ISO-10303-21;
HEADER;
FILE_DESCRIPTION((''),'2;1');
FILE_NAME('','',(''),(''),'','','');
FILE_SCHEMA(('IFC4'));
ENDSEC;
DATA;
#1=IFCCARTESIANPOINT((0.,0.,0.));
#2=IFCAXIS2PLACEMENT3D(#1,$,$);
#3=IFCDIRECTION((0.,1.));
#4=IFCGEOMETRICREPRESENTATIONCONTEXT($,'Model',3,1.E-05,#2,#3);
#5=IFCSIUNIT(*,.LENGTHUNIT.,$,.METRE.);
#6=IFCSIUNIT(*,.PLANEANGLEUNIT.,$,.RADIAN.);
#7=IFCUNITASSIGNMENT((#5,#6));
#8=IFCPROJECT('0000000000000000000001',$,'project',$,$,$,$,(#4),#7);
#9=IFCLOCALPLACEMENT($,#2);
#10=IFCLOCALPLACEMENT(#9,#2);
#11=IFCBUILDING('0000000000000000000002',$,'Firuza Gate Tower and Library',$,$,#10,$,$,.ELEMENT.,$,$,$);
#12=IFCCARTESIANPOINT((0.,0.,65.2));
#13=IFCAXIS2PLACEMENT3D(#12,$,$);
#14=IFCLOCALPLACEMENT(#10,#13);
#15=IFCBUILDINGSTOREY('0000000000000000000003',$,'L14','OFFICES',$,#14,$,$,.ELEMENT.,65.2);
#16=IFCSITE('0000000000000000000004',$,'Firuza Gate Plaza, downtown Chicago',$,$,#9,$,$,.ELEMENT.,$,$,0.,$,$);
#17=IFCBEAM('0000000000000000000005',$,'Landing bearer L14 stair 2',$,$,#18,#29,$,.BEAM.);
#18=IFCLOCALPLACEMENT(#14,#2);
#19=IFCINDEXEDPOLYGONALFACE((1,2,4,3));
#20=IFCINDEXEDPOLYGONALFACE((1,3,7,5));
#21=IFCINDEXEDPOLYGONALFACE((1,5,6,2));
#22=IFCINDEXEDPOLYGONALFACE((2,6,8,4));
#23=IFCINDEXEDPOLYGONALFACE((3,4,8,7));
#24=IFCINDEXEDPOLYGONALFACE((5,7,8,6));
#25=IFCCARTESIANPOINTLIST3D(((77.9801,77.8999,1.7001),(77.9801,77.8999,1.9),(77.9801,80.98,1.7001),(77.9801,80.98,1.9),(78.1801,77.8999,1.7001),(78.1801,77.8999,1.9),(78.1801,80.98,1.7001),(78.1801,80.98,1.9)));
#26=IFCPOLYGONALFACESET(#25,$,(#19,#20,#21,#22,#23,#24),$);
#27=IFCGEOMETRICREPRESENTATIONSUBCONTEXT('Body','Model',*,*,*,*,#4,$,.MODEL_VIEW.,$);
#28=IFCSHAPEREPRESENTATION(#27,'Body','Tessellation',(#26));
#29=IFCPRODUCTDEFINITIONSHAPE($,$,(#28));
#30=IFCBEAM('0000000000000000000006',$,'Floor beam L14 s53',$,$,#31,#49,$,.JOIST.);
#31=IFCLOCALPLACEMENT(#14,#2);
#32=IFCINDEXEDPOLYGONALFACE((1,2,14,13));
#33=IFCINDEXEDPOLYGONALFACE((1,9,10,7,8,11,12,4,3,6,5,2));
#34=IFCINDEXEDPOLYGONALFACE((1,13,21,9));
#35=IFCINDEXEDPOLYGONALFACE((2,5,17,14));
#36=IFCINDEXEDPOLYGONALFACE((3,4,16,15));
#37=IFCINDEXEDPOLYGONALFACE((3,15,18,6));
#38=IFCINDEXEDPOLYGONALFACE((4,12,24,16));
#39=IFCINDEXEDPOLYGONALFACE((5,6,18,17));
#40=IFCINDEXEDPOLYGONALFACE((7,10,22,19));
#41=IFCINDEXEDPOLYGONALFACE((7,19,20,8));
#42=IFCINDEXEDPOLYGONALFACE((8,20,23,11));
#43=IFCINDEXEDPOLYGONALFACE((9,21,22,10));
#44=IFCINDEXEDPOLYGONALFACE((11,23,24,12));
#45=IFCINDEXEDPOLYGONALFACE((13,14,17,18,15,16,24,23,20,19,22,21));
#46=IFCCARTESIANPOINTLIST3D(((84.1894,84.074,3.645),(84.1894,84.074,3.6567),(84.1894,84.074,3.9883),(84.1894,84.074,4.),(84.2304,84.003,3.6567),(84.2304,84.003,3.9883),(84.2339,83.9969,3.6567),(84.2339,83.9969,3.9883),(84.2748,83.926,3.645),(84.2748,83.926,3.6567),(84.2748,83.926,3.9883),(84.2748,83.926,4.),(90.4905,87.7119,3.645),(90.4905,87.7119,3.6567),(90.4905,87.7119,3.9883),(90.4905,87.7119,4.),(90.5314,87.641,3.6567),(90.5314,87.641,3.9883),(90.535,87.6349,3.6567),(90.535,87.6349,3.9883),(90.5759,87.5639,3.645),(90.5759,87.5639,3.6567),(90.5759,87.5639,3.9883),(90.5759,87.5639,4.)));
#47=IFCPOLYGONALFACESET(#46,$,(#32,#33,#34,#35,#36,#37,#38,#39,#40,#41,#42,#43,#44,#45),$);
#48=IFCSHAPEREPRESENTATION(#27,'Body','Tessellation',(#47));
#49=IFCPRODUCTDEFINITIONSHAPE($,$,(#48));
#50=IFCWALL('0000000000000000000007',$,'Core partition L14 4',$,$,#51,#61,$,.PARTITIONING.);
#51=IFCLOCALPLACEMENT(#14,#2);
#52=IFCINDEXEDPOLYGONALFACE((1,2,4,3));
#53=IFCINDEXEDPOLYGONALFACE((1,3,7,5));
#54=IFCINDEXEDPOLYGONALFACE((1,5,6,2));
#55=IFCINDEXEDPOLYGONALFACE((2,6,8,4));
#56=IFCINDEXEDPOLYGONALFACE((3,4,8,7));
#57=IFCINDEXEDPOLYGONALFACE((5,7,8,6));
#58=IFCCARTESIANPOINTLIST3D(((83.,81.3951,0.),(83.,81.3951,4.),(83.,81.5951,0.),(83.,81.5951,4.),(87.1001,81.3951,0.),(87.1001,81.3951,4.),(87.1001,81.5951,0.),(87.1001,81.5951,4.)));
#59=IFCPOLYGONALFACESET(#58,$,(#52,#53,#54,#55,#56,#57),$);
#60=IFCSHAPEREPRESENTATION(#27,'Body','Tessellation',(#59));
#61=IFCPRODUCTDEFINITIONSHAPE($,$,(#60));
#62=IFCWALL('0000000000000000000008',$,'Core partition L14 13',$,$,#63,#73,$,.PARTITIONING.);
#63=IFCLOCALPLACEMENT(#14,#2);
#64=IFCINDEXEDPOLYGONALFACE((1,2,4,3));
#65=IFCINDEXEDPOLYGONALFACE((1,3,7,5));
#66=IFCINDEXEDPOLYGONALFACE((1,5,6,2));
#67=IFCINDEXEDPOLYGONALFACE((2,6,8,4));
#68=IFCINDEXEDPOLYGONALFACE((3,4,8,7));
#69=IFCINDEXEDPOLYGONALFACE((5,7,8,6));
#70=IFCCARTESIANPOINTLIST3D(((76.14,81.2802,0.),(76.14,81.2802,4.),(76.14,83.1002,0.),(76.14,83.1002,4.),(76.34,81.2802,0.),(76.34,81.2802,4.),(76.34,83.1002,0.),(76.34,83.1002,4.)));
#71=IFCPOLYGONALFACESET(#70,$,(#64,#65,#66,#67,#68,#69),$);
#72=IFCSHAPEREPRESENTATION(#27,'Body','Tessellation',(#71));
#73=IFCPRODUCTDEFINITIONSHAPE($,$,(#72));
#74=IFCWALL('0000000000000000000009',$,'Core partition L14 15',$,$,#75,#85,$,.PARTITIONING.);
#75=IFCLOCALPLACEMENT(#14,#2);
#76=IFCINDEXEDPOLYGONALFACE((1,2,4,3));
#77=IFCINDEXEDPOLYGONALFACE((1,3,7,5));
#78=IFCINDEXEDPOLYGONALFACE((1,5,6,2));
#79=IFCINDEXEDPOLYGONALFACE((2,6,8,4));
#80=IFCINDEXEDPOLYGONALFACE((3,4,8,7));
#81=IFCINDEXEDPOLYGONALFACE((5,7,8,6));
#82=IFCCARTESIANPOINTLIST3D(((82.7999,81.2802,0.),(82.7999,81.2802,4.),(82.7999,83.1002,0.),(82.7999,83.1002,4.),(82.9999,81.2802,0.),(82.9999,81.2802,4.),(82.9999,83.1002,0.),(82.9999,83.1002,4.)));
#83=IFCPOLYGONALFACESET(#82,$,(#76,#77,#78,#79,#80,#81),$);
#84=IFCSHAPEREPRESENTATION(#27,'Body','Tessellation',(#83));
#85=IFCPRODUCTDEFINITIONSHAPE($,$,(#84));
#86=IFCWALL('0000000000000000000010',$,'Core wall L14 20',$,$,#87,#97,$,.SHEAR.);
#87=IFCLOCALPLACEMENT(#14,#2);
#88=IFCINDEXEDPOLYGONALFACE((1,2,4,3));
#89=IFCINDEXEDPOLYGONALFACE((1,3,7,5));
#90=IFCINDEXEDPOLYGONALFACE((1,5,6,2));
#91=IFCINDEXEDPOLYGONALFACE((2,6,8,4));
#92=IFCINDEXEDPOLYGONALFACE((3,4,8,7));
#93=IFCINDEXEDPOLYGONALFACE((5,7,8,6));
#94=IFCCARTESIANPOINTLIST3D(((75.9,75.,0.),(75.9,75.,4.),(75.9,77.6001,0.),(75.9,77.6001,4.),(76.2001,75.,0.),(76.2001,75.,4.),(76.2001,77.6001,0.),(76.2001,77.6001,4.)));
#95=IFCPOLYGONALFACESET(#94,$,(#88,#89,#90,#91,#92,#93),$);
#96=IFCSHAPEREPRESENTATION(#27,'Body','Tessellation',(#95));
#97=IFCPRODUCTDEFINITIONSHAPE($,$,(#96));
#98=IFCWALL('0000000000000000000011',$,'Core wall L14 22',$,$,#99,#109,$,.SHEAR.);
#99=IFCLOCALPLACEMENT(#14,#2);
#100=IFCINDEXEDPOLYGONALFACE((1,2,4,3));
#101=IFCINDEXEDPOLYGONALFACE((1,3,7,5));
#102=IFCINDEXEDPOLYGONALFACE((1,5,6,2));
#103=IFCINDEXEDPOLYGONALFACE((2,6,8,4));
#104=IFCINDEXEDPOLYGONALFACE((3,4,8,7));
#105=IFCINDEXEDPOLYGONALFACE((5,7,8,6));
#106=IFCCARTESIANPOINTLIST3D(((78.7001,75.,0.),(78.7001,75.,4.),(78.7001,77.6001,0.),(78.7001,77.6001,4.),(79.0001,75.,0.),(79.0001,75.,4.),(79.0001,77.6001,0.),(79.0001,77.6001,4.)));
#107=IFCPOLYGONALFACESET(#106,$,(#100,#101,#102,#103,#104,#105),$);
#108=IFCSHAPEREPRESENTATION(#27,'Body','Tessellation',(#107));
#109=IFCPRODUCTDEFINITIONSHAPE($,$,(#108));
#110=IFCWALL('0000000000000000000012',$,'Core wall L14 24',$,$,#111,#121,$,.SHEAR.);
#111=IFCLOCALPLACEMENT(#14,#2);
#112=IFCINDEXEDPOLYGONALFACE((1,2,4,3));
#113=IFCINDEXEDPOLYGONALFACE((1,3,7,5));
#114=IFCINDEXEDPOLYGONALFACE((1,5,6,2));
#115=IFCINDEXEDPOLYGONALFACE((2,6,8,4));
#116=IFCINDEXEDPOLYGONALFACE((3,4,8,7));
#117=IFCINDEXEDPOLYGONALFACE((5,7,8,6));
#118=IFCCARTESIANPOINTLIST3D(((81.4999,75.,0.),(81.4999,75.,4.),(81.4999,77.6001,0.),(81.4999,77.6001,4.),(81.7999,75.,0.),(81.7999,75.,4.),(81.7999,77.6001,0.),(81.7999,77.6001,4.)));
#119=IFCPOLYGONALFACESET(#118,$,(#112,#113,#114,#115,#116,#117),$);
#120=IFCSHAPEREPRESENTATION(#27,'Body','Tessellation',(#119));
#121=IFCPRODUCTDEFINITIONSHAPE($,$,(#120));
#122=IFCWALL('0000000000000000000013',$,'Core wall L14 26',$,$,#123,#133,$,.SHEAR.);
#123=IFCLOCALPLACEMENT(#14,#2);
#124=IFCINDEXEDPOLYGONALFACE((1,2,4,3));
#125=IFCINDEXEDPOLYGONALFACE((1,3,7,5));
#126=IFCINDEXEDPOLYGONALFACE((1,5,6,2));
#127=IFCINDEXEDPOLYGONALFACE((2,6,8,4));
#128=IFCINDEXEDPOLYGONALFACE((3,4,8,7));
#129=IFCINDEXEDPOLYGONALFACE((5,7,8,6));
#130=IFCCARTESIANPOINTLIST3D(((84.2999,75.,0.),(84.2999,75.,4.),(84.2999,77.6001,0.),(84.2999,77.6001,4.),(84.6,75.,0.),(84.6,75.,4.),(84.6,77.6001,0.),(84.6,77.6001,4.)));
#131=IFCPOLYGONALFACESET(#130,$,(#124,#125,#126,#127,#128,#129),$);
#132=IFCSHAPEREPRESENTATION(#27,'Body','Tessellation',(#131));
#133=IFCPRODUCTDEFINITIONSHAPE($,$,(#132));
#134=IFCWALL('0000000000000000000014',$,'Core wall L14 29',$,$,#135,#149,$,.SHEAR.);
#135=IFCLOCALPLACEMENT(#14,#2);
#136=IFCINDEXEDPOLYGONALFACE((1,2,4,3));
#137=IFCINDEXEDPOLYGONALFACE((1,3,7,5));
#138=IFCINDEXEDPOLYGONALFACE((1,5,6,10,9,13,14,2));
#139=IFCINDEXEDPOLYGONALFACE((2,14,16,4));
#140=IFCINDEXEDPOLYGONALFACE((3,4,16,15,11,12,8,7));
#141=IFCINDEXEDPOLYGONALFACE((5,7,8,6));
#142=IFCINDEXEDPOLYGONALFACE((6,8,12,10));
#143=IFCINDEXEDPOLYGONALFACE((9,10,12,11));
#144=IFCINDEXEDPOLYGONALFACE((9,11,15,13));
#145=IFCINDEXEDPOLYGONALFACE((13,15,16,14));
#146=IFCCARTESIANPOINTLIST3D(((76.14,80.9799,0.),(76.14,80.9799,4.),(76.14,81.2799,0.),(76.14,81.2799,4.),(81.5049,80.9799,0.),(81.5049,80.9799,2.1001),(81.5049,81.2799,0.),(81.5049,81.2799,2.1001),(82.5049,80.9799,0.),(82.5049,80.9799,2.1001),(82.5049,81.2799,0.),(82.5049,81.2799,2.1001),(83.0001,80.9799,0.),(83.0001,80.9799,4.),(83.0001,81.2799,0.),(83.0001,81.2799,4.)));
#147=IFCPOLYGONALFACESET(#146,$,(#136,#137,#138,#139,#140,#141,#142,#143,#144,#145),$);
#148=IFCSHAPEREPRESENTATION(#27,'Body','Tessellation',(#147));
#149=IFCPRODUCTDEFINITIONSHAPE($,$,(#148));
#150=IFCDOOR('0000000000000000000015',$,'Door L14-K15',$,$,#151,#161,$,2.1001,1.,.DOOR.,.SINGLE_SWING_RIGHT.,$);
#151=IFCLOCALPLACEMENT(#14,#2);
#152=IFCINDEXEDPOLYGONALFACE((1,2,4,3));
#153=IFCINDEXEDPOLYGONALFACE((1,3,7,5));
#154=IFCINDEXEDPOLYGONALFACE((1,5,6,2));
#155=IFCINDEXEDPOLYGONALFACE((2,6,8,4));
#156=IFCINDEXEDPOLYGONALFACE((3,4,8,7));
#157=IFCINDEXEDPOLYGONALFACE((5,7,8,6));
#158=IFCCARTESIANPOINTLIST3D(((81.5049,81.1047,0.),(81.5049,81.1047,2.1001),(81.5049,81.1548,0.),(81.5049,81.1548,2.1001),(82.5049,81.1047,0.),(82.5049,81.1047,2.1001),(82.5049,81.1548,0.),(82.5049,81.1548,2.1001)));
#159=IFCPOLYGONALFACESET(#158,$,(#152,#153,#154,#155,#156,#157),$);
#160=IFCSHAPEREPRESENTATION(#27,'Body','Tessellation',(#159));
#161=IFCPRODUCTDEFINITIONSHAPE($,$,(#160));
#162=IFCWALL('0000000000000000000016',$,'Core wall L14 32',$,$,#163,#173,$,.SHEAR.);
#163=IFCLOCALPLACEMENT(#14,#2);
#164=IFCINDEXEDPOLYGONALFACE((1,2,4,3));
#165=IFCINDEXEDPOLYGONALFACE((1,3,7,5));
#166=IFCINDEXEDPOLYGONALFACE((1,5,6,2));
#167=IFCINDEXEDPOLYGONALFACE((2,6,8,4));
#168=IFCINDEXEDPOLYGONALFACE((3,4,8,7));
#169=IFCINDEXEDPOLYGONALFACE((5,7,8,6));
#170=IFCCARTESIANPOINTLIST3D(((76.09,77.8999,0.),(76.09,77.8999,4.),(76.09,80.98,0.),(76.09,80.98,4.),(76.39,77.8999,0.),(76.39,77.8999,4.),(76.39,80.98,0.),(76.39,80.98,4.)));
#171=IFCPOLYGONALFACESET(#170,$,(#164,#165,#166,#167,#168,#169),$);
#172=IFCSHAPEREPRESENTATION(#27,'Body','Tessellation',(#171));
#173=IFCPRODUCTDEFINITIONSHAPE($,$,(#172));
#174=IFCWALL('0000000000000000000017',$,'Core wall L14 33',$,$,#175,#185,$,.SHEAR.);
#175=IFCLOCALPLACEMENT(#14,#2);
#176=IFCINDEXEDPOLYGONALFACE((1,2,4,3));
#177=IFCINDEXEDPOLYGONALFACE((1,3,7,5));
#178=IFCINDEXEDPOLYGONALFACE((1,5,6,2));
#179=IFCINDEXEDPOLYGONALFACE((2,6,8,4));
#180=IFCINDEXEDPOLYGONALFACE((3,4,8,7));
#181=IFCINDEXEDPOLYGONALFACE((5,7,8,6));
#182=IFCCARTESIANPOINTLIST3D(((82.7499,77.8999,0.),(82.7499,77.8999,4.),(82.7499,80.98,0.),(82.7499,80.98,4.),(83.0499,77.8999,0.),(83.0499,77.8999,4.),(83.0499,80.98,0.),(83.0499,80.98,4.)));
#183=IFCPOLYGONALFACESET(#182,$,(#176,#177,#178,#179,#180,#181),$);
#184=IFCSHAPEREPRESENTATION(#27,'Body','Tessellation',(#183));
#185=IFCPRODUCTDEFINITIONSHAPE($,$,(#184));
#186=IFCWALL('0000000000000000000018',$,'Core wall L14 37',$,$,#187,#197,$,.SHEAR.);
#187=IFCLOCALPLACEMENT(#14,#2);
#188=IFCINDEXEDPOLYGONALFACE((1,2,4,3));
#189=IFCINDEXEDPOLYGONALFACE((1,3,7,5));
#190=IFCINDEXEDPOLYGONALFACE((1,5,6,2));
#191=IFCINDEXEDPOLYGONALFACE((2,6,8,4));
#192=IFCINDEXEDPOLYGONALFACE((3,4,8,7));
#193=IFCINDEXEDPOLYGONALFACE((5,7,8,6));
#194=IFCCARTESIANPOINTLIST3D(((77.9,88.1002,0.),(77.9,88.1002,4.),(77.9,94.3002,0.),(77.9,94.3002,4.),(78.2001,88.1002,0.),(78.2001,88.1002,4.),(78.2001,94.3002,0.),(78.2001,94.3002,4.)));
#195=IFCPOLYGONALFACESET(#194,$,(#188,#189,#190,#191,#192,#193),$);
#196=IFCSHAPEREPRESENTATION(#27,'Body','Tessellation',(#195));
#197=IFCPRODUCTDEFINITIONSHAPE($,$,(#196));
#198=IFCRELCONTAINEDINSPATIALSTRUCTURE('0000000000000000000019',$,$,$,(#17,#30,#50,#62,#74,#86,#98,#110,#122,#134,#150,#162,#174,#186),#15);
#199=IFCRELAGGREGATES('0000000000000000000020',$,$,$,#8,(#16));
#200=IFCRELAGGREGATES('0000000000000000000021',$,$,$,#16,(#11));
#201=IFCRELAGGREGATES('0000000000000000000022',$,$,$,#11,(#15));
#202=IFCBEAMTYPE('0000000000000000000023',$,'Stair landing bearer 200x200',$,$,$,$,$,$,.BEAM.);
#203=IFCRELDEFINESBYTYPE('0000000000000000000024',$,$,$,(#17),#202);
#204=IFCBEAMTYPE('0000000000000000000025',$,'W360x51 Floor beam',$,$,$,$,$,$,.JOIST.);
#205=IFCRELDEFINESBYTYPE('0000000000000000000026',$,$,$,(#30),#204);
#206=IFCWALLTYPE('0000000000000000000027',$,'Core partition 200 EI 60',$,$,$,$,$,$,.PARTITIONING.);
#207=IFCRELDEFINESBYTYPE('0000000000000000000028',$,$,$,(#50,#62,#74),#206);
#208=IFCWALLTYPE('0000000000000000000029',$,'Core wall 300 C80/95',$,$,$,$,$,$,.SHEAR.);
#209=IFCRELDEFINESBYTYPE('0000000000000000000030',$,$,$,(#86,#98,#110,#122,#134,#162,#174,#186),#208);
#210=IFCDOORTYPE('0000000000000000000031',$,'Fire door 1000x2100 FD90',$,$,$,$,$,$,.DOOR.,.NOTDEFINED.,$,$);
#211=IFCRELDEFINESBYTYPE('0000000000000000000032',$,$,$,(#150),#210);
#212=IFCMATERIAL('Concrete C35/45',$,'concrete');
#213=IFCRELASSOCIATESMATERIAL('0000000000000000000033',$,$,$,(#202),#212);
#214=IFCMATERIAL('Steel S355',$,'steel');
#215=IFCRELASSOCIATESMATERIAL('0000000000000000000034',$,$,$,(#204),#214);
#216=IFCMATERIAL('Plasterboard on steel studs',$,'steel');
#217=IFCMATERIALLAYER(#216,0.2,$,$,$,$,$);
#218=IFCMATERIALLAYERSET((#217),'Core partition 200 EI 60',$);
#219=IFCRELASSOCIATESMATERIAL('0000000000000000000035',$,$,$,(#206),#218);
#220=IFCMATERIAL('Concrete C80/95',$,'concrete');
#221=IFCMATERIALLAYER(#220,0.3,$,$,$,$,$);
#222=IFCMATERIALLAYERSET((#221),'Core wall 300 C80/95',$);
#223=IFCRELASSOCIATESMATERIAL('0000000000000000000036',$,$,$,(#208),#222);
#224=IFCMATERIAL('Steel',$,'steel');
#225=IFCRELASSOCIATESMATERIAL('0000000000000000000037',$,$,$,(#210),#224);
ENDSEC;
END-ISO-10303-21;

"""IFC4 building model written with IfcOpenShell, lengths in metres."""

from ifc_helpers import new_model, si_unit, direction, frame, frame_2d, origin, origin_2d, place, context, subcontext, project, spatial, rectangle, i_section, extrude, material, layer, layer_set, material_profile, profile_set, type_object, element, fill, save


model = new_model("IFC4")

# Units and contexts
model_context = context("Model", 3, precision=1e-05, world=origin(), true_north=direction((0.0, 1.0)))
body_context = subcontext(model_context, "Body", "Model", "MODEL_VIEW")
ifc_project = project(units=[si_unit("LENGTHUNIT", "METRE"), si_unit("PLANEANGLEUNIT", "RADIAN")], contexts=[model_context])

# Site, building, storey
site_placement = place(None, origin())
site = spatial("IfcSite", under=ifc_project, at=site_placement, Name="Firuza Gate Plaza, downtown Chicago", CompositionType="ELEMENT", RefElevation=0.0)
building_placement = place(site_placement, origin())
building = spatial("IfcBuilding", under=site, at=building_placement, Name="Firuza Gate Tower and Library", CompositionType="ELEMENT")
storey_placement = place(building_placement, frame((0.0, 0.0, 65.2)))
storey = spatial("IfcBuildingStorey", under=building, at=storey_placement, Name="L14", Description="OFFICES", CompositionType="ELEMENT", Elevation=65.2)

# Beams
ifc_material_1 = material(Name="Concrete C35/45", Category="concrete")
ifc_material_profile_1 = material_profile(ifc_material_1, rectangle(XDim=0.2, YDim=0.2, at=origin_2d()))
ifc_profile_set_1 = profile_set([ifc_material_profile_1], Name="Concrete C35/45")
beam_type_1 = type_object("IfcBeamType", Name="Stair landing bearer 200x200", PredefinedType="BEAM", material=ifc_profile_set_1)
beam_1_placement = place(storey_placement, frame((78.0801, 80.98, 1.8), z_axis=(0.0, -1.0, 0.0), x_axis=(1.0, 0.0, 0.0)))
element("IfcBeam", 1, at=beam_1_placement, inside=storey, type_object=beam_type_1, Name="Landing bearer L14 stair 2", PredefinedType="BEAM", context=body_context, shape_type="SweptSolid", body=[
    extrude(rectangle(XDim=0.2, YDim=0.2, at=origin_2d()), origin(), (0.0, 0.0, 1.0), 3.0801),
])
ifc_material_2 = material(Name="Steel S355", Category="steel")
ifc_material_profile_2 = material_profile(ifc_material_2, i_section(OverallWidth=0.1709, OverallDepth=0.355, WebThickness=0.0071, FlangeThickness=0.0117, at=origin_2d()))
ifc_profile_set_2 = profile_set([ifc_material_profile_2], Name="Steel S355")
beam_type_2 = type_object("IfcBeamType", Name="W360x51 Floor beam", PredefinedType="JOIST", material=ifc_profile_set_2)
beam_2_placement = place(storey_placement, frame((90.5332, 87.6379, 3.8225), z_axis=(-0.866023, -0.500004, 0.0), x_axis=(0.500004, -0.866023, 0.0)))
element("IfcBeam", 2, at=beam_2_placement, inside=storey, type_object=beam_type_2, Name="Floor beam L14 s53", PredefinedType="JOIST", context=body_context, shape_type="SweptSolid", body=[
    extrude(i_section(OverallWidth=0.1709, OverallDepth=0.355, WebThickness=0.0071, FlangeThickness=0.0117, at=origin_2d()), origin(), (0.0, 0.0, 1.0), 7.2759),
])

# Walls
ifc_material_3 = material(Name="Plasterboard on steel studs", Category="steel")
ifc_layer_1 = layer(ifc_material_3, 0.2)
ifc_layer_set_1 = layer_set([ifc_layer_1], Name="Core partition 200 EI 60")
wall_type_1 = type_object("IfcWallType", Name="Core partition 200 EI 60", PredefinedType="PARTITIONING", material=ifc_layer_set_1)
wall_1_placement = place(storey_placement, frame((83.0, 81.4951, 0.0), z_axis=(0.0, 0.0, 1.0), x_axis=(1.0, 0.0, 0.0)))
element("IfcWall", 3, at=wall_1_placement, inside=storey, type_object=wall_type_1, Name="Core partition L14 4", PredefinedType="PARTITIONING", context=body_context, shape_type="SweptSolid", body=[
    extrude(rectangle(XDim=4.1001, YDim=0.2, at=frame_2d((2.05, 0.0))), origin(), (0.0, 0.0, 1.0), 4.0),
])
for number, where, z_axis, x_axis, name in (
    (4, (76.24, 81.28, 0.0), (0.0, 0.0, 1.0), (0.0, 1.0, 0.0), "Core partition L14 13"),
    (5, (82.8999, 81.28, 0.0), (0.0, 0.0, 1.0), (0.0, 1.0, 0.0), "Core partition L14 15"),
):
    element("IfcWall", number, at=place(storey_placement, frame(where, z_axis=z_axis, x_axis=x_axis)), inside=storey, type_object=wall_type_1, Name=name, PredefinedType="PARTITIONING", context=body_context, shape_type="SweptSolid", body=[
        extrude(rectangle(XDim=1.8201, YDim=0.2, at=frame_2d((0.9102, 0.0))), origin(), (0.0, 0.0, 1.0), 4.0),
    ])
ifc_material_4 = material(Name="Concrete C80/95", Category="concrete")
ifc_layer_2 = layer(ifc_material_4, 0.3)
ifc_layer_set_2 = layer_set([ifc_layer_2], Name="Core wall 300 C80/95")
wall_type_2 = type_object("IfcWallType", Name="Core wall 300 C80/95", PredefinedType="SHEAR", material=ifc_layer_set_2)
for number, where, z_axis, x_axis, name in (
    (6, (76.05, 75.0, 0.0), (0.0, 0.0, 1.0), (0.0, 1.0, 0.0), "Core wall L14 20"),
    (7, (78.8501, 75.0, 0.0), (0.0, 0.0, 1.0), (0.0, 1.0, 0.0), "Core wall L14 22"),
    (8, (81.6499, 75.0, 0.0), (0.0, 0.0, 1.0), (0.0, 1.0, 0.0), "Core wall L14 24"),
    (9, (84.45, 75.0, 0.0), (0.0, 0.0, 1.0), (0.0, 1.0, 0.0), "Core wall L14 26"),
):
    element("IfcWall", number, at=place(storey_placement, frame(where, z_axis=z_axis, x_axis=x_axis)), inside=storey, type_object=wall_type_2, Name=name, PredefinedType="SHEAR", context=body_context, shape_type="SweptSolid", body=[
        extrude(rectangle(XDim=2.6001, YDim=0.3, at=frame_2d((1.3, 0.0))), origin(), (0.0, 0.0, 1.0), 4.0),
    ])

# Wall, opening, door
wall_2_placement = place(storey_placement, frame((76.1399, 81.1299, 0.0), z_axis=(0.0, 0.0, 1.0), x_axis=(1.0, 0.0, 0.0)))
wall_2 = element("IfcWall", 10, at=wall_2_placement, inside=storey, type_object=wall_type_2, Name="Core wall L14 29", PredefinedType="SHEAR", context=body_context, shape_type="SweptSolid", body=[
    extrude(rectangle(XDim=6.8601, YDim=0.3, at=frame_2d((3.4302, 0.0))), origin(), (0.0, 0.0, 1.0), 4.0),
])
opening_1_placement = place(wall_2_placement, frame((5.365, 0.0, 0.0)))
opening_1 = element("IfcOpeningElement", 11, at=opening_1_placement, cuts=wall_2, PredefinedType="OPENING", context=body_context, shape_type="SweptSolid", body=[
    extrude(rectangle(XDim=1.0, YDim=2.1001, at=frame_2d((0.5, 1.05))), frame((0.0, 0.1602, 0.0), z_axis=(0.0, -1.0, 0.0), x_axis=(1.0, 0.0, 0.0)), (0.0, 0.0, 1.0), 0.3201),
])
ifc_material_5 = material(Name="Steel", Category="steel")
door_type_1 = type_object("IfcDoorType", Name="Fire door 1000x2100 FD90", OperationType="NOTDEFINED", PredefinedType="DOOR", material=ifc_material_5)
door_1_placement = place(opening_1_placement, origin())
door_1 = element("IfcDoor", 12, at=door_1_placement, inside=storey, type_object=door_type_1, Name="Door L14-K15", OperationType="SINGLE_SWING_RIGHT", OverallHeight=2.1001, OverallWidth=1.0, PredefinedType="DOOR", context=body_context, shape_type="SweptSolid", body=[
    extrude(rectangle(XDim=1.0, YDim=2.1001, at=frame_2d((0.5, 1.05))), frame((0.0, 0.0249, 0.0), z_axis=(0.0, -1.0, 0.0), x_axis=(1.0, 0.0, 0.0)), (0.0, 0.0, 1.0), 0.05),
])
fill(opening_1, door_1)

# Walls
for number, where, z_axis, x_axis, name in (
    (13, (76.24, 77.8999, 0.0), (0.0, 0.0, 1.0), (0.0, 1.0, 0.0), "Core wall L14 32"),
    (14, (82.8999, 77.8999, 0.0), (0.0, 0.0, 1.0), (0.0, 1.0, 0.0), "Core wall L14 33"),
):
    element("IfcWall", number, at=place(storey_placement, frame(where, z_axis=z_axis, x_axis=x_axis)), inside=storey, type_object=wall_type_2, Name=name, PredefinedType="SHEAR", context=body_context, shape_type="SweptSolid", body=[
        extrude(rectangle(XDim=3.0801, YDim=0.3, at=frame_2d((1.54, 0.0))), origin(), (0.0, 0.0, 1.0), 4.0),
    ])
wall_3_placement = place(storey_placement, frame((78.05, 88.1001, 0.0), z_axis=(0.0, 0.0, 1.0), x_axis=(0.0, 1.0, 0.0)))
element("IfcWall", 15, at=wall_3_placement, inside=storey, type_object=wall_type_2, Name="Core wall L14 37", PredefinedType="SHEAR", context=body_context, shape_type="SweptSolid", body=[
    extrude(rectangle(XDim=6.2, YDim=0.3, at=frame_2d((3.1001, 0.0))), origin(), (0.0, 0.0, 1.0), 4.0),
])

save(model, "model.ifc")
